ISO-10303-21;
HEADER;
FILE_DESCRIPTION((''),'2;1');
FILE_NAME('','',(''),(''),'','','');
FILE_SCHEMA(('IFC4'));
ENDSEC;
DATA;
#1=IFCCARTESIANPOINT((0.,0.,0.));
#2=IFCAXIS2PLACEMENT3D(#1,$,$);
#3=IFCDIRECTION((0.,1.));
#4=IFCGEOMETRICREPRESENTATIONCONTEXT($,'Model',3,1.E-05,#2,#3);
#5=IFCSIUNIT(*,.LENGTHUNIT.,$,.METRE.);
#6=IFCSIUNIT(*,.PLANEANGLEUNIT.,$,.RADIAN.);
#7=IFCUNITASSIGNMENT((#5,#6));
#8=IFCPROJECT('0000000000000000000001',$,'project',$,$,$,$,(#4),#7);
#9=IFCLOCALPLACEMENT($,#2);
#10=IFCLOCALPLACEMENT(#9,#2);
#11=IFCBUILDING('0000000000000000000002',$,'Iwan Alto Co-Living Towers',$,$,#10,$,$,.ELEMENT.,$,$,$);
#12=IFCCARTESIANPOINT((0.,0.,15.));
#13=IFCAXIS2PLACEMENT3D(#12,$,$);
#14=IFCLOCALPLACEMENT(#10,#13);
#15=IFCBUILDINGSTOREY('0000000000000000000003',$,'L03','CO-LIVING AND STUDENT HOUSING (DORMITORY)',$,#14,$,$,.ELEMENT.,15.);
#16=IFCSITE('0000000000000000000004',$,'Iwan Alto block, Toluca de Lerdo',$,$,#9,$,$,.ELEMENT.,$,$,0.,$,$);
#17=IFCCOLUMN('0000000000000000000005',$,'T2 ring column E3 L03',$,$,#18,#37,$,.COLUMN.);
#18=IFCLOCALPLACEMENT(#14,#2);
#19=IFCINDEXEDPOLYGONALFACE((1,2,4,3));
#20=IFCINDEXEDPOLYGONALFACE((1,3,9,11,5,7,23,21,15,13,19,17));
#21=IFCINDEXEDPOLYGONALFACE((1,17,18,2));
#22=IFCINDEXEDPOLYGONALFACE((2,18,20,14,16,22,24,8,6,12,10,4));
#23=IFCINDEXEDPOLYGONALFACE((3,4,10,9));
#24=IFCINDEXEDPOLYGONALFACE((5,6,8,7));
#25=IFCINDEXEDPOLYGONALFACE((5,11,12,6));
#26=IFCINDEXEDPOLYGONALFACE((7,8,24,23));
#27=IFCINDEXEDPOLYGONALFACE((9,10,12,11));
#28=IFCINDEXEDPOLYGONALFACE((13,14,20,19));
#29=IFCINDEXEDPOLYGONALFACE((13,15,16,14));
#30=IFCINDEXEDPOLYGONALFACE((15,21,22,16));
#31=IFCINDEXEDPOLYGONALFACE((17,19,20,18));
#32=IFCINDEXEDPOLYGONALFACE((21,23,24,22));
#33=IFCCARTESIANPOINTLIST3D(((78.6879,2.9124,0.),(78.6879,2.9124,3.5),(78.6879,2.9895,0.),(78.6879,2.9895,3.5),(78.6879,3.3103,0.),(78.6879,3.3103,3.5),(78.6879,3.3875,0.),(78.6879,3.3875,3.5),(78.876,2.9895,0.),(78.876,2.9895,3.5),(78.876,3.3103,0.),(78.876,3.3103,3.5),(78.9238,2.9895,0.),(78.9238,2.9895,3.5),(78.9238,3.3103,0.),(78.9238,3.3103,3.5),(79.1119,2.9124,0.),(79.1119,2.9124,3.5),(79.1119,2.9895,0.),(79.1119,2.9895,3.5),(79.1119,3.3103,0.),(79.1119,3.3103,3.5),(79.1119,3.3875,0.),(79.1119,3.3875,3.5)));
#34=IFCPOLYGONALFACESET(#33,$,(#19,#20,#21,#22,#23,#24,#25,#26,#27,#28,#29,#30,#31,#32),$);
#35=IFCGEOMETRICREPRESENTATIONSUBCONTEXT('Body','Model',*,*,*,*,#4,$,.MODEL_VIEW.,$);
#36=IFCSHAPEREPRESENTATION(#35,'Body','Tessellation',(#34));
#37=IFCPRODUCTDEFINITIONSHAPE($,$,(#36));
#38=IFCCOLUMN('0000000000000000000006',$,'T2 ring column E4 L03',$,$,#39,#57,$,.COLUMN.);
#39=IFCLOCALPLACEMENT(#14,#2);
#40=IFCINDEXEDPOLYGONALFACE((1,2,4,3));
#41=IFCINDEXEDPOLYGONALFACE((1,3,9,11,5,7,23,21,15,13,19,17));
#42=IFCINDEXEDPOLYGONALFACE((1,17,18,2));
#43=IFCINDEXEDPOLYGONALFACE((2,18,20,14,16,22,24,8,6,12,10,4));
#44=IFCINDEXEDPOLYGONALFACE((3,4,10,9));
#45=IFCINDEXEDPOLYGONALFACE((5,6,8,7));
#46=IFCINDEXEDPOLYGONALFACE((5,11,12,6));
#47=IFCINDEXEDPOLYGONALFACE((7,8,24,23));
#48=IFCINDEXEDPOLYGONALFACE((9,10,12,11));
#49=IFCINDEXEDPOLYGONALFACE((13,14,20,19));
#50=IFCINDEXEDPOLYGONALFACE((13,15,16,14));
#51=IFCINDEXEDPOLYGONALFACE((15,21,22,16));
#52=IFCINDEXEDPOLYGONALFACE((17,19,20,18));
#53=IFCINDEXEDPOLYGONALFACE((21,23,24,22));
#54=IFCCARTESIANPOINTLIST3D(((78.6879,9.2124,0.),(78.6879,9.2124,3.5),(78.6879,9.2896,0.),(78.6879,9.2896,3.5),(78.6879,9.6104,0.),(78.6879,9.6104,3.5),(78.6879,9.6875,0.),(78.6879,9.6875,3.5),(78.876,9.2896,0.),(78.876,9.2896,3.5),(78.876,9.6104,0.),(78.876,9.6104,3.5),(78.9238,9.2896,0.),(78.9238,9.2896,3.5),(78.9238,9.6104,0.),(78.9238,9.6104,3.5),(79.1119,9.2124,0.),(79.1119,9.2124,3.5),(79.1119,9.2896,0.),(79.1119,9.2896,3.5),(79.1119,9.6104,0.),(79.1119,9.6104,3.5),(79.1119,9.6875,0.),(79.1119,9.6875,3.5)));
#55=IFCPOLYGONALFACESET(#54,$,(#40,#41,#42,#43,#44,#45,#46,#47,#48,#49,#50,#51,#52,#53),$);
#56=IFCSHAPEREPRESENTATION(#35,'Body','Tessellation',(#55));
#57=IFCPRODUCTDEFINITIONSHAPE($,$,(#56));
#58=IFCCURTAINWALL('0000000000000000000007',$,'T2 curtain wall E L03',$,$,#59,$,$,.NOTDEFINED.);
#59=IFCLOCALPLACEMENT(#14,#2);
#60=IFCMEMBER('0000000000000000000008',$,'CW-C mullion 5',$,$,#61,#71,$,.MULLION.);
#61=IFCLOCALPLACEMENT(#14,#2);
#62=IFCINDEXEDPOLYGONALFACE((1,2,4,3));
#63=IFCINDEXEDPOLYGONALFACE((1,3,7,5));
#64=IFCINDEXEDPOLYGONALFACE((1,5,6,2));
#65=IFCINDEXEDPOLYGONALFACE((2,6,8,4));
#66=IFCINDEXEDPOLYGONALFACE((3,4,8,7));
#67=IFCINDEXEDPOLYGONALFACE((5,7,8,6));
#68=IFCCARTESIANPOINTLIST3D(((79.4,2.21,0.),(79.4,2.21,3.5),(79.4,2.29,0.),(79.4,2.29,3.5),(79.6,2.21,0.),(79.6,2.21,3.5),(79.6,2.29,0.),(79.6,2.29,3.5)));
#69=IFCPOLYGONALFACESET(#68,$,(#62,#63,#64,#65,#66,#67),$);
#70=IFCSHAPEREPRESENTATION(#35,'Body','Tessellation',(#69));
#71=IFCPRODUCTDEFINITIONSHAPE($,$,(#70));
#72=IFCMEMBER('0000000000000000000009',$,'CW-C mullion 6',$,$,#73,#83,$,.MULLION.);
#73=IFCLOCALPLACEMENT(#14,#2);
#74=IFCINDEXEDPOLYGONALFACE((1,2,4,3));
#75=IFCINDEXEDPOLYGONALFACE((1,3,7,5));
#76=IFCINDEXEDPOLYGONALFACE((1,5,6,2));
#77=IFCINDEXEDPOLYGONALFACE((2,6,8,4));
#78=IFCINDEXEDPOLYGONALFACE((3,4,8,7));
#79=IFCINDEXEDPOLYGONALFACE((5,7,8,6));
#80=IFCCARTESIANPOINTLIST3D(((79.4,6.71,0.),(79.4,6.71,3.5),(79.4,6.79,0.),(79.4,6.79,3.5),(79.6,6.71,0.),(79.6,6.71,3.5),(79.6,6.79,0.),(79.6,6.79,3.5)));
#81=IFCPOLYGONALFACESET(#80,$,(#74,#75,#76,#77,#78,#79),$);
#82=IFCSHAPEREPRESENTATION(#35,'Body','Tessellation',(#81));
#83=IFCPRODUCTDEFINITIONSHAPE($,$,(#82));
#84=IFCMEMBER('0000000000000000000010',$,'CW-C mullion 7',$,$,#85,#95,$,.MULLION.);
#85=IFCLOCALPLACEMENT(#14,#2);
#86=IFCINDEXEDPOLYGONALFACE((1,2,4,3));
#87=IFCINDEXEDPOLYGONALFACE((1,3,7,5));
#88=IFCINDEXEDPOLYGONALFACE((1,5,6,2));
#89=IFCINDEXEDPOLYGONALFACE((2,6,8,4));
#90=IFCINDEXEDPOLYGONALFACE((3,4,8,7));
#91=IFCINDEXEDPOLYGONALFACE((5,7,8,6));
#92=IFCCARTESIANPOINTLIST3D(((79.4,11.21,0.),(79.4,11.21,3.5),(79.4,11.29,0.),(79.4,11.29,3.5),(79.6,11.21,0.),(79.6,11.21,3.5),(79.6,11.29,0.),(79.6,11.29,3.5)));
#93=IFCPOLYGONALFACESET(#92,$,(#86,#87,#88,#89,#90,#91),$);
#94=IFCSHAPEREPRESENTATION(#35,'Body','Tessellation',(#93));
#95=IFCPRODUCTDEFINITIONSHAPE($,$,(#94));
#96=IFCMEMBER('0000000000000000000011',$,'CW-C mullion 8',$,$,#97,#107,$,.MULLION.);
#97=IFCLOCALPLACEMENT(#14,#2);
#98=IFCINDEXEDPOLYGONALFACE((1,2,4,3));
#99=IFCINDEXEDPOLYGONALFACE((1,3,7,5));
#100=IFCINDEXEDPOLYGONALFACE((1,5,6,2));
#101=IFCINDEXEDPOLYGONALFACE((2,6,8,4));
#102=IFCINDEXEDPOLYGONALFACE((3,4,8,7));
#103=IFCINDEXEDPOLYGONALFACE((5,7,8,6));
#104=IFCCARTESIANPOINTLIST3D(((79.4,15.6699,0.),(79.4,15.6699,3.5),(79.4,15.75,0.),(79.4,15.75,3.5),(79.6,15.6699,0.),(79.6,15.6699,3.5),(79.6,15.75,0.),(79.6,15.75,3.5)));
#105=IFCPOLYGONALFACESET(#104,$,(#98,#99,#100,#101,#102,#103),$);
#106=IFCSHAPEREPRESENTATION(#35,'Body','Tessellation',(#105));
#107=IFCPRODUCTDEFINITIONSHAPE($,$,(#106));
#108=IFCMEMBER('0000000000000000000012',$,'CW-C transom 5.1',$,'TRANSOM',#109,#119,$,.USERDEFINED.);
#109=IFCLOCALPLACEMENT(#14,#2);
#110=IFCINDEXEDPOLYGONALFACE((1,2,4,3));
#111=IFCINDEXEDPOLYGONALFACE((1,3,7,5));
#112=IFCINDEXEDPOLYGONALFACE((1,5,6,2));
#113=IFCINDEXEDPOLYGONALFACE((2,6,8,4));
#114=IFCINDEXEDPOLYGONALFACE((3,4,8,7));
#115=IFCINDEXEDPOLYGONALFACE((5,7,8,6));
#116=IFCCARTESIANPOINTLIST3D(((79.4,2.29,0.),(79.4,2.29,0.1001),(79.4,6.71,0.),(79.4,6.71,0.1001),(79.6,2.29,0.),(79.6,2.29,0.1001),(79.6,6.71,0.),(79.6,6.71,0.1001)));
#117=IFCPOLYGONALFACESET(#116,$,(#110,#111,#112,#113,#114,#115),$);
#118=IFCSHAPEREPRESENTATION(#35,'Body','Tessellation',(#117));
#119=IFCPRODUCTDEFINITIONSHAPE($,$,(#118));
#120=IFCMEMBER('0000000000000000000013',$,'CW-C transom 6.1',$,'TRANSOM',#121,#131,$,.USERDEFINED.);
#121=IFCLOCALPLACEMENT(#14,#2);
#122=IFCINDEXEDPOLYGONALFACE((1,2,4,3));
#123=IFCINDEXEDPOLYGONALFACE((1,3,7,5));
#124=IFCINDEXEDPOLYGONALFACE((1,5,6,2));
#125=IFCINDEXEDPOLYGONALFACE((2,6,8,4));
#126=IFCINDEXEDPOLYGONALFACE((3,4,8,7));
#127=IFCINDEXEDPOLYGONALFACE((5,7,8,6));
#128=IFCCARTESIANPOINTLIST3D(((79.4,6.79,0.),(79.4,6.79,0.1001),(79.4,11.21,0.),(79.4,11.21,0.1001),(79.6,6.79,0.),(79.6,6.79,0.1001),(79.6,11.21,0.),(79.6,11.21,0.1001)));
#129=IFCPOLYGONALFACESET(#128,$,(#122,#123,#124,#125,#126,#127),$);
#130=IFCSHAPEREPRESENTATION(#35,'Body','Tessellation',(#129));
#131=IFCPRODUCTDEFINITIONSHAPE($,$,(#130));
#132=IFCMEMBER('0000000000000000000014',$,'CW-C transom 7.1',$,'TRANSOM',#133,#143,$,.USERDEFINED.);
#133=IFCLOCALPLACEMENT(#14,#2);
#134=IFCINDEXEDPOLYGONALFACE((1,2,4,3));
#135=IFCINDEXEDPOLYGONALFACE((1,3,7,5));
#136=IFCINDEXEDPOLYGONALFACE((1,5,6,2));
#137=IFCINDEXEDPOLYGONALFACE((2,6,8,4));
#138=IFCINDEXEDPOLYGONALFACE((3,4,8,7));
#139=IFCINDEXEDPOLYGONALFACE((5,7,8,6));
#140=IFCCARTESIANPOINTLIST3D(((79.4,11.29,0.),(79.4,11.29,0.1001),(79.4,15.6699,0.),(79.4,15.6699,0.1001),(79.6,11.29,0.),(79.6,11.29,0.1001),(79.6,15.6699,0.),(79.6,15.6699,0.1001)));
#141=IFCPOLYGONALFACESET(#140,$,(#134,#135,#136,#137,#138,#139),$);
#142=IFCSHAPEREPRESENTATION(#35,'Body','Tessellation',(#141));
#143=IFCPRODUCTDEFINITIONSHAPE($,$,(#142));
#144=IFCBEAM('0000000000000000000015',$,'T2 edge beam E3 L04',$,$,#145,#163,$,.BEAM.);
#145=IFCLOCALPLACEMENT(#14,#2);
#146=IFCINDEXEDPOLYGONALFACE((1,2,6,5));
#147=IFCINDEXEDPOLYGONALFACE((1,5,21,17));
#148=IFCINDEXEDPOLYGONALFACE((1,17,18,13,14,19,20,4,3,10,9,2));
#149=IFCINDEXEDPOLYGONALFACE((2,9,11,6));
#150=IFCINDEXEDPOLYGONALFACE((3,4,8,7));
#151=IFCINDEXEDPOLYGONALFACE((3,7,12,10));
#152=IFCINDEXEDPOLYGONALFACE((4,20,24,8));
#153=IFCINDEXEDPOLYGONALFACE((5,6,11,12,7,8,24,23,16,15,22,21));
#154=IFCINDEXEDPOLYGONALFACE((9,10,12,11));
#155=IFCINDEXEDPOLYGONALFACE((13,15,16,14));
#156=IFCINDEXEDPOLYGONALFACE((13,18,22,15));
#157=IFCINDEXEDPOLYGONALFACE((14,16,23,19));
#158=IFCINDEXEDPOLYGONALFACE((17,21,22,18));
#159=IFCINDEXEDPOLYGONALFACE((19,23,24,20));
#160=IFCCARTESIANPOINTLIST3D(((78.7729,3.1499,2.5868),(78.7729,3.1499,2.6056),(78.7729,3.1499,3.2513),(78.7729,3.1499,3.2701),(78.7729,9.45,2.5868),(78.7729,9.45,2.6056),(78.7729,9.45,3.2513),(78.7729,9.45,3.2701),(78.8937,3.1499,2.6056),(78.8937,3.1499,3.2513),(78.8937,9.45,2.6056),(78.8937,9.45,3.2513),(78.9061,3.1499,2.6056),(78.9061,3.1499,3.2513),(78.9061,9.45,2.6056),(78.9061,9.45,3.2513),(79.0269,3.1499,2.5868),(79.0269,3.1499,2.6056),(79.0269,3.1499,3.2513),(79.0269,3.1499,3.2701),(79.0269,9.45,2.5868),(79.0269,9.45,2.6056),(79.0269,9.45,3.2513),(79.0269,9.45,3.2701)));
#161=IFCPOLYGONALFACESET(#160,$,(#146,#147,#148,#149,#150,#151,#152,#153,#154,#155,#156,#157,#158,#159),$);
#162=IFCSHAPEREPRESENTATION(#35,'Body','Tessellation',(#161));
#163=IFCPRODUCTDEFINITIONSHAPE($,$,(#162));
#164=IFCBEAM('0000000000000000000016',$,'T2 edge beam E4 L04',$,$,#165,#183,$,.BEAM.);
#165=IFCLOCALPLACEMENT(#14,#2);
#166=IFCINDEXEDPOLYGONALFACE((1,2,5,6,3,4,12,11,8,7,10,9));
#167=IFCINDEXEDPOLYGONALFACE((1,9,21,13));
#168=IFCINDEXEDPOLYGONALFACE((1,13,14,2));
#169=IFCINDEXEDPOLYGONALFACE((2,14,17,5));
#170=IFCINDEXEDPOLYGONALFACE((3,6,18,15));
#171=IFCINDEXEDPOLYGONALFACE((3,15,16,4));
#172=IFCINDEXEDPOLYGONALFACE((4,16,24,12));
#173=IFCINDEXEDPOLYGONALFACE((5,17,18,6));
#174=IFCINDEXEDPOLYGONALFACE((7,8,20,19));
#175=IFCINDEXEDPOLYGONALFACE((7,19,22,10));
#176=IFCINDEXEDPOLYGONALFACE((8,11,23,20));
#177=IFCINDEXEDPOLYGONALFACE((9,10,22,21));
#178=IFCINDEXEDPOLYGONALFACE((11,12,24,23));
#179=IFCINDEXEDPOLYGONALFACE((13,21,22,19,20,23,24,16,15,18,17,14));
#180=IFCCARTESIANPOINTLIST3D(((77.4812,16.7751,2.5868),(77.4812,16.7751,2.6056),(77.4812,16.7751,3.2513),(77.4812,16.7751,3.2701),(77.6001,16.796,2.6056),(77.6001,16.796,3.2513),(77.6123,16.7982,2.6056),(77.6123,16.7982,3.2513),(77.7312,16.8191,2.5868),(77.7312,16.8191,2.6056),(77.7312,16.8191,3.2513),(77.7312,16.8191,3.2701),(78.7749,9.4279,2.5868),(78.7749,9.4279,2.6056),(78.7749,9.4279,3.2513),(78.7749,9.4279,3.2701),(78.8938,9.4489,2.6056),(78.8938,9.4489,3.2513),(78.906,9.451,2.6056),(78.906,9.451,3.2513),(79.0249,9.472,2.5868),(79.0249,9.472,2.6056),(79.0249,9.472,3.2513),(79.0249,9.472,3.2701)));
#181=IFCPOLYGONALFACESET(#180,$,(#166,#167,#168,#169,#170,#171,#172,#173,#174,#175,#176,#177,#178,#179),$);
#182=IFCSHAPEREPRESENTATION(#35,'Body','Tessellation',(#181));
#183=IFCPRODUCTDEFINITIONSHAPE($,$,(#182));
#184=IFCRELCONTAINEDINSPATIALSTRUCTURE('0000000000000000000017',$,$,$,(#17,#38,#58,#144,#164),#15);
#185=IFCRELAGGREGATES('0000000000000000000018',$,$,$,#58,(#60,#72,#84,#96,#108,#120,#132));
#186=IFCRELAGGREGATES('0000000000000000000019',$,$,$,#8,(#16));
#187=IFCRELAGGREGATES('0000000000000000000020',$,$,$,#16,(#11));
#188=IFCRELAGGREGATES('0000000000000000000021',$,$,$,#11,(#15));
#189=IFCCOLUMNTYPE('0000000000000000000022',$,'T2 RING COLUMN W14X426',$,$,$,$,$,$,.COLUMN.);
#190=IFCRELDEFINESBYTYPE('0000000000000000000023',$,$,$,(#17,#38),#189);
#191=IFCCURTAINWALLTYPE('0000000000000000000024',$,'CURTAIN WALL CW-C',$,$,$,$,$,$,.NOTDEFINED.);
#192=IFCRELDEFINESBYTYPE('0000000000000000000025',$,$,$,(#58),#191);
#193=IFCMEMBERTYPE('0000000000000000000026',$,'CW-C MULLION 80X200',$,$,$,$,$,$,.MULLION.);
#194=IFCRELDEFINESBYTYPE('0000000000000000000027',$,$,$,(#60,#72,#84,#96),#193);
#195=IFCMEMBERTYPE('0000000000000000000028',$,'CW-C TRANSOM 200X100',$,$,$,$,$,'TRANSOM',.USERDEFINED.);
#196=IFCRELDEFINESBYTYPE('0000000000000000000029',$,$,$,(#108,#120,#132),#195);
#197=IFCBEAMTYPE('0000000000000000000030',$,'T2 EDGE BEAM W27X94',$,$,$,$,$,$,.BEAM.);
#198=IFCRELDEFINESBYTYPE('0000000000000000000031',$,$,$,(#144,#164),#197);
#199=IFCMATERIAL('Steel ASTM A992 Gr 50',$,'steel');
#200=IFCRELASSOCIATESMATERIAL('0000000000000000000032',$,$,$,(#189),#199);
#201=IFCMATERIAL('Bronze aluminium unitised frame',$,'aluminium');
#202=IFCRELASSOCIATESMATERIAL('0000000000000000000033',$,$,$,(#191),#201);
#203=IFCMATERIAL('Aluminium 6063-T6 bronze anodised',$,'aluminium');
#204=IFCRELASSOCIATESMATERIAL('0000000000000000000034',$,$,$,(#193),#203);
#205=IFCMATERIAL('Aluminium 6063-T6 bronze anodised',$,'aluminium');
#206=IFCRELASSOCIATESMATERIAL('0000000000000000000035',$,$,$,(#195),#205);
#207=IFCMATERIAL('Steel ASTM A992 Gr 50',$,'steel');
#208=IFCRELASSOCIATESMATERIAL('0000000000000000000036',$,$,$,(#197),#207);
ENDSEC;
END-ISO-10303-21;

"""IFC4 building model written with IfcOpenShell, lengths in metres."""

from ifc_helpers import new_model, si_unit, direction, frame, origin, origin_2d, place, context, subcontext, project, spatial, rectangle, i_section, extrude, material, material_profile, profile_set, type_object, element, aggregate, save


model = new_model("IFC4")

# Units and contexts
model_context = context("Model", 3, precision=1e-05, world=origin(), true_north=direction((0.0, 1.0)))
body_context = subcontext(model_context, "Body", "Model", "MODEL_VIEW")
ifc_project = project(units=[si_unit("LENGTHUNIT", "METRE"), si_unit("PLANEANGLEUNIT", "RADIAN")], contexts=[model_context])

# Site, building, storey
site_placement = place(None, origin())
site = spatial("IfcSite", under=ifc_project, at=site_placement, Name="Iwan Alto block, Toluca de Lerdo", CompositionType="ELEMENT", RefElevation=0.0)
building_placement = place(site_placement, origin())
building = spatial("IfcBuilding", under=site, at=building_placement, Name="Iwan Alto Co-Living Towers", CompositionType="ELEMENT")
storey_placement = place(building_placement, frame((0.0, 0.0, 15.0)))
storey = spatial("IfcBuildingStorey", under=building, at=storey_placement, Name="L03", Description="CO-LIVING AND STUDENT HOUSING (DORMITORY)", CompositionType="ELEMENT", Elevation=15.0)

# Columns
ifc_material_1 = material(Name="Steel ASTM A992 Gr 50", Category="steel")
ifc_material_profile_1 = material_profile(ifc_material_1, i_section(OverallWidth=0.4241, OverallDepth=0.4751, WebThickness=0.0479, FlangeThickness=0.0771, at=origin_2d()), Name="W14X426")
ifc_profile_set_1 = profile_set([ifc_material_profile_1], Name="Steel ASTM A992 Gr 50")
column_type = type_object("IfcColumnType", Name="T2 RING COLUMN W14X426", PredefinedType="COLUMN", material=ifc_profile_set_1)
for number, where, z_axis, x_axis, name in (
    (1, (78.8999, 3.1499, 0.0), (0.0, 0.0, 1.0), (1.0, 0.0, 0.0), "T2 ring column E3 L03"),
    (2, (78.8999, 9.45, 0.0), (0.0, 0.0, 1.0), (1.0, 0.0, 0.0), "T2 ring column E4 L03"),
):
    element("IfcColumn", number, at=place(storey_placement, frame(where, z_axis=z_axis, x_axis=x_axis)), inside=storey, type_object=column_type, Name=name, PredefinedType="COLUMN", context=body_context, shape_type="SweptSolid", body=[
        extrude(i_section(OverallWidth=0.4241, OverallDepth=0.4751, WebThickness=0.0479, FlangeThickness=0.0771, at=origin_2d()), origin(), (0.0, 0.0, 1.0), 3.5),
    ])

# Curtain wall, members
ifc_material_2 = material(Name="Bronze aluminium unitised frame", Category="aluminium")
curtain_wall_type = type_object("IfcCurtainWallType", Name="CURTAIN WALL CW-C", PredefinedType="NOTDEFINED", material=ifc_material_2)
curtain_wall_placement = place(storey_placement, origin())
curtain_wall = element("IfcCurtainWall", 3, at=curtain_wall_placement, inside=storey, type_object=curtain_wall_type, Name="T2 curtain wall E L03", PredefinedType="NOTDEFINED")
ifc_material_3 = material(Name="Aluminium 6063-T6 bronze anodised", Category="aluminium")
ifc_material_profile_2 = material_profile(ifc_material_3, rectangle(XDim=0.2, YDim=0.0801, at=origin_2d()), Name="AL 80X200")
ifc_profile_set_2 = profile_set([ifc_material_profile_2], Name="Aluminium 6063-T6 bronze anodised")
member_type_1 = type_object("IfcMemberType", Name="CW-C MULLION 80X200", PredefinedType="MULLION", material=ifc_profile_set_2)
member_1_placement = place(storey_placement, frame((79.5, 2.25, 0.0), z_axis=(0.0, 0.0, 1.0), x_axis=(-1.0, 0.0, 0.0)))
member_1 = element("IfcMember", 4, at=member_1_placement, type_object=member_type_1, Name="CW-C mullion 5", PredefinedType="MULLION", context=body_context, shape_type="SweptSolid", body=[
    extrude(rectangle(XDim=0.2, YDim=0.0801, at=origin_2d()), origin(), (0.0, 0.0, 1.0), 3.5),
])
member_2_placement = place(storey_placement, frame((79.5, 6.75, 0.0), z_axis=(0.0, 0.0, 1.0), x_axis=(-1.0, 0.0, 0.0)))
member_2 = element("IfcMember", 5, at=member_2_placement, type_object=member_type_1, Name="CW-C mullion 6", PredefinedType="MULLION", context=body_context, shape_type="SweptSolid", body=[
    extrude(rectangle(XDim=0.2, YDim=0.0801, at=origin_2d()), origin(), (0.0, 0.0, 1.0), 3.5),
])
member_3_placement = place(storey_placement, frame((79.5, 11.25, 0.0), z_axis=(0.0, 0.0, 1.0), x_axis=(-1.0, 0.0, 0.0)))
member_3 = element("IfcMember", 6, at=member_3_placement, type_object=member_type_1, Name="CW-C mullion 7", PredefinedType="MULLION", context=body_context, shape_type="SweptSolid", body=[
    extrude(rectangle(XDim=0.2, YDim=0.0801, at=origin_2d()), origin(), (0.0, 0.0, 1.0), 3.5),
])
member_4_placement = place(storey_placement, frame((79.5, 15.71, 0.0), z_axis=(0.0, 0.0, 1.0), x_axis=(-1.0, 0.0, 0.0)))
member_4 = element("IfcMember", 7, at=member_4_placement, type_object=member_type_1, Name="CW-C mullion 8", PredefinedType="MULLION", context=body_context, shape_type="SweptSolid", body=[
    extrude(rectangle(XDim=0.2, YDim=0.0801, at=origin_2d()), origin(), (0.0, 0.0, 1.0), 3.5),
])
ifc_material_4 = material(Name="Aluminium 6063-T6 bronze anodised", Category="aluminium")
ifc_material_profile_3 = material_profile(ifc_material_4, rectangle(XDim=0.2, YDim=0.1001, at=origin_2d()), Name="AL 200X100")
ifc_profile_set_3 = profile_set([ifc_material_profile_3], Name="Aluminium 6063-T6 bronze anodised")
member_type_2 = type_object("IfcMemberType", Name="CW-C TRANSOM 200X100", ElementType="TRANSOM", PredefinedType="USERDEFINED", material=ifc_profile_set_3)
member_5_placement = place(storey_placement, frame((79.5, 2.29, 0.05), z_axis=(0.0, 1.0, 0.0), x_axis=(-1.0, 0.0, 0.0)))
member_5 = element("IfcMember", 8, at=member_5_placement, type_object=member_type_2, Name="CW-C transom 5.1", ObjectType="TRANSOM", PredefinedType="USERDEFINED", context=body_context, shape_type="SweptSolid", body=[
    extrude(rectangle(XDim=0.2, YDim=0.1001, at=origin_2d()), origin(), (0.0, 0.0, 1.0), 4.4199),
])
member_6_placement = place(storey_placement, frame((79.5, 6.79, 0.05), z_axis=(0.0, 1.0, 0.0), x_axis=(-1.0, 0.0, 0.0)))
member_6 = element("IfcMember", 9, at=member_6_placement, type_object=member_type_2, Name="CW-C transom 6.1", ObjectType="TRANSOM", PredefinedType="USERDEFINED", context=body_context, shape_type="SweptSolid", body=[
    extrude(rectangle(XDim=0.2, YDim=0.1001, at=origin_2d()), origin(), (0.0, 0.0, 1.0), 4.4199),
])
member_7_placement = place(storey_placement, frame((79.5, 11.29, 0.05), z_axis=(0.0, 1.0, 0.0), x_axis=(-1.0, 0.0, 0.0)))
member_7 = element("IfcMember", 10, at=member_7_placement, type_object=member_type_2, Name="CW-C transom 7.1", ObjectType="TRANSOM", PredefinedType="USERDEFINED", context=body_context, shape_type="SweptSolid", body=[
    extrude(rectangle(XDim=0.2, YDim=0.1001, at=origin_2d()), origin(), (0.0, 0.0, 1.0), 4.3799),
])

# Beams
ifc_material_5 = material(Name="Steel ASTM A992 Gr 50", Category="steel")
ifc_material_profile_4 = material_profile(ifc_material_5, i_section(OverallWidth=0.2539, OverallDepth=0.6833, WebThickness=0.0125, FlangeThickness=0.0188, at=origin_2d()), Name="W27X94")
ifc_profile_set_4 = profile_set([ifc_material_profile_4], Name="Steel ASTM A992 Gr 50")
beam_type_1 = type_object("IfcBeamType", Name="T2 EDGE BEAM W27X94", PredefinedType="BEAM", material=ifc_profile_set_4)
beam_1_placement = place(storey_placement, frame((78.8999, 3.1499, 2.9285), z_axis=(0.0, 1.0, 0.0), x_axis=(-1.0, 0.0, 0.0)))
element("IfcBeam", 11, at=beam_1_placement, inside=storey, type_object=beam_type_1, Name="T2 edge beam E3 L04", PredefinedType="BEAM", context=body_context, shape_type="SweptSolid", body=[
    extrude(i_section(OverallWidth=0.2539, OverallDepth=0.6833, WebThickness=0.0125, FlangeThickness=0.0188, at=origin_2d()), origin(), (0.0, 0.0, 1.0), 6.3),
])
beam_2_placement = place(storey_placement, frame((78.8999, 9.45, 2.9285), z_axis=(-0.173414, 0.984849, 0.0), x_axis=(-0.984849, -0.173414, 0.0)))
element("IfcBeam", 12, at=beam_2_placement, inside=storey, type_object=beam_type_1, Name="T2 edge beam E4 L04", PredefinedType="BEAM", context=body_context, shape_type="SweptSolid", body=[
    extrude(i_section(OverallWidth=0.2539, OverallDepth=0.6833, WebThickness=0.0125, FlangeThickness=0.0188, at=origin_2d()), origin(), (0.0, 0.0, 1.0), 7.4602),
])

aggregate(curtain_wall, [member_1, member_2, member_3, member_4, member_5, member_6, member_7])

save(model, "model.ifc")
